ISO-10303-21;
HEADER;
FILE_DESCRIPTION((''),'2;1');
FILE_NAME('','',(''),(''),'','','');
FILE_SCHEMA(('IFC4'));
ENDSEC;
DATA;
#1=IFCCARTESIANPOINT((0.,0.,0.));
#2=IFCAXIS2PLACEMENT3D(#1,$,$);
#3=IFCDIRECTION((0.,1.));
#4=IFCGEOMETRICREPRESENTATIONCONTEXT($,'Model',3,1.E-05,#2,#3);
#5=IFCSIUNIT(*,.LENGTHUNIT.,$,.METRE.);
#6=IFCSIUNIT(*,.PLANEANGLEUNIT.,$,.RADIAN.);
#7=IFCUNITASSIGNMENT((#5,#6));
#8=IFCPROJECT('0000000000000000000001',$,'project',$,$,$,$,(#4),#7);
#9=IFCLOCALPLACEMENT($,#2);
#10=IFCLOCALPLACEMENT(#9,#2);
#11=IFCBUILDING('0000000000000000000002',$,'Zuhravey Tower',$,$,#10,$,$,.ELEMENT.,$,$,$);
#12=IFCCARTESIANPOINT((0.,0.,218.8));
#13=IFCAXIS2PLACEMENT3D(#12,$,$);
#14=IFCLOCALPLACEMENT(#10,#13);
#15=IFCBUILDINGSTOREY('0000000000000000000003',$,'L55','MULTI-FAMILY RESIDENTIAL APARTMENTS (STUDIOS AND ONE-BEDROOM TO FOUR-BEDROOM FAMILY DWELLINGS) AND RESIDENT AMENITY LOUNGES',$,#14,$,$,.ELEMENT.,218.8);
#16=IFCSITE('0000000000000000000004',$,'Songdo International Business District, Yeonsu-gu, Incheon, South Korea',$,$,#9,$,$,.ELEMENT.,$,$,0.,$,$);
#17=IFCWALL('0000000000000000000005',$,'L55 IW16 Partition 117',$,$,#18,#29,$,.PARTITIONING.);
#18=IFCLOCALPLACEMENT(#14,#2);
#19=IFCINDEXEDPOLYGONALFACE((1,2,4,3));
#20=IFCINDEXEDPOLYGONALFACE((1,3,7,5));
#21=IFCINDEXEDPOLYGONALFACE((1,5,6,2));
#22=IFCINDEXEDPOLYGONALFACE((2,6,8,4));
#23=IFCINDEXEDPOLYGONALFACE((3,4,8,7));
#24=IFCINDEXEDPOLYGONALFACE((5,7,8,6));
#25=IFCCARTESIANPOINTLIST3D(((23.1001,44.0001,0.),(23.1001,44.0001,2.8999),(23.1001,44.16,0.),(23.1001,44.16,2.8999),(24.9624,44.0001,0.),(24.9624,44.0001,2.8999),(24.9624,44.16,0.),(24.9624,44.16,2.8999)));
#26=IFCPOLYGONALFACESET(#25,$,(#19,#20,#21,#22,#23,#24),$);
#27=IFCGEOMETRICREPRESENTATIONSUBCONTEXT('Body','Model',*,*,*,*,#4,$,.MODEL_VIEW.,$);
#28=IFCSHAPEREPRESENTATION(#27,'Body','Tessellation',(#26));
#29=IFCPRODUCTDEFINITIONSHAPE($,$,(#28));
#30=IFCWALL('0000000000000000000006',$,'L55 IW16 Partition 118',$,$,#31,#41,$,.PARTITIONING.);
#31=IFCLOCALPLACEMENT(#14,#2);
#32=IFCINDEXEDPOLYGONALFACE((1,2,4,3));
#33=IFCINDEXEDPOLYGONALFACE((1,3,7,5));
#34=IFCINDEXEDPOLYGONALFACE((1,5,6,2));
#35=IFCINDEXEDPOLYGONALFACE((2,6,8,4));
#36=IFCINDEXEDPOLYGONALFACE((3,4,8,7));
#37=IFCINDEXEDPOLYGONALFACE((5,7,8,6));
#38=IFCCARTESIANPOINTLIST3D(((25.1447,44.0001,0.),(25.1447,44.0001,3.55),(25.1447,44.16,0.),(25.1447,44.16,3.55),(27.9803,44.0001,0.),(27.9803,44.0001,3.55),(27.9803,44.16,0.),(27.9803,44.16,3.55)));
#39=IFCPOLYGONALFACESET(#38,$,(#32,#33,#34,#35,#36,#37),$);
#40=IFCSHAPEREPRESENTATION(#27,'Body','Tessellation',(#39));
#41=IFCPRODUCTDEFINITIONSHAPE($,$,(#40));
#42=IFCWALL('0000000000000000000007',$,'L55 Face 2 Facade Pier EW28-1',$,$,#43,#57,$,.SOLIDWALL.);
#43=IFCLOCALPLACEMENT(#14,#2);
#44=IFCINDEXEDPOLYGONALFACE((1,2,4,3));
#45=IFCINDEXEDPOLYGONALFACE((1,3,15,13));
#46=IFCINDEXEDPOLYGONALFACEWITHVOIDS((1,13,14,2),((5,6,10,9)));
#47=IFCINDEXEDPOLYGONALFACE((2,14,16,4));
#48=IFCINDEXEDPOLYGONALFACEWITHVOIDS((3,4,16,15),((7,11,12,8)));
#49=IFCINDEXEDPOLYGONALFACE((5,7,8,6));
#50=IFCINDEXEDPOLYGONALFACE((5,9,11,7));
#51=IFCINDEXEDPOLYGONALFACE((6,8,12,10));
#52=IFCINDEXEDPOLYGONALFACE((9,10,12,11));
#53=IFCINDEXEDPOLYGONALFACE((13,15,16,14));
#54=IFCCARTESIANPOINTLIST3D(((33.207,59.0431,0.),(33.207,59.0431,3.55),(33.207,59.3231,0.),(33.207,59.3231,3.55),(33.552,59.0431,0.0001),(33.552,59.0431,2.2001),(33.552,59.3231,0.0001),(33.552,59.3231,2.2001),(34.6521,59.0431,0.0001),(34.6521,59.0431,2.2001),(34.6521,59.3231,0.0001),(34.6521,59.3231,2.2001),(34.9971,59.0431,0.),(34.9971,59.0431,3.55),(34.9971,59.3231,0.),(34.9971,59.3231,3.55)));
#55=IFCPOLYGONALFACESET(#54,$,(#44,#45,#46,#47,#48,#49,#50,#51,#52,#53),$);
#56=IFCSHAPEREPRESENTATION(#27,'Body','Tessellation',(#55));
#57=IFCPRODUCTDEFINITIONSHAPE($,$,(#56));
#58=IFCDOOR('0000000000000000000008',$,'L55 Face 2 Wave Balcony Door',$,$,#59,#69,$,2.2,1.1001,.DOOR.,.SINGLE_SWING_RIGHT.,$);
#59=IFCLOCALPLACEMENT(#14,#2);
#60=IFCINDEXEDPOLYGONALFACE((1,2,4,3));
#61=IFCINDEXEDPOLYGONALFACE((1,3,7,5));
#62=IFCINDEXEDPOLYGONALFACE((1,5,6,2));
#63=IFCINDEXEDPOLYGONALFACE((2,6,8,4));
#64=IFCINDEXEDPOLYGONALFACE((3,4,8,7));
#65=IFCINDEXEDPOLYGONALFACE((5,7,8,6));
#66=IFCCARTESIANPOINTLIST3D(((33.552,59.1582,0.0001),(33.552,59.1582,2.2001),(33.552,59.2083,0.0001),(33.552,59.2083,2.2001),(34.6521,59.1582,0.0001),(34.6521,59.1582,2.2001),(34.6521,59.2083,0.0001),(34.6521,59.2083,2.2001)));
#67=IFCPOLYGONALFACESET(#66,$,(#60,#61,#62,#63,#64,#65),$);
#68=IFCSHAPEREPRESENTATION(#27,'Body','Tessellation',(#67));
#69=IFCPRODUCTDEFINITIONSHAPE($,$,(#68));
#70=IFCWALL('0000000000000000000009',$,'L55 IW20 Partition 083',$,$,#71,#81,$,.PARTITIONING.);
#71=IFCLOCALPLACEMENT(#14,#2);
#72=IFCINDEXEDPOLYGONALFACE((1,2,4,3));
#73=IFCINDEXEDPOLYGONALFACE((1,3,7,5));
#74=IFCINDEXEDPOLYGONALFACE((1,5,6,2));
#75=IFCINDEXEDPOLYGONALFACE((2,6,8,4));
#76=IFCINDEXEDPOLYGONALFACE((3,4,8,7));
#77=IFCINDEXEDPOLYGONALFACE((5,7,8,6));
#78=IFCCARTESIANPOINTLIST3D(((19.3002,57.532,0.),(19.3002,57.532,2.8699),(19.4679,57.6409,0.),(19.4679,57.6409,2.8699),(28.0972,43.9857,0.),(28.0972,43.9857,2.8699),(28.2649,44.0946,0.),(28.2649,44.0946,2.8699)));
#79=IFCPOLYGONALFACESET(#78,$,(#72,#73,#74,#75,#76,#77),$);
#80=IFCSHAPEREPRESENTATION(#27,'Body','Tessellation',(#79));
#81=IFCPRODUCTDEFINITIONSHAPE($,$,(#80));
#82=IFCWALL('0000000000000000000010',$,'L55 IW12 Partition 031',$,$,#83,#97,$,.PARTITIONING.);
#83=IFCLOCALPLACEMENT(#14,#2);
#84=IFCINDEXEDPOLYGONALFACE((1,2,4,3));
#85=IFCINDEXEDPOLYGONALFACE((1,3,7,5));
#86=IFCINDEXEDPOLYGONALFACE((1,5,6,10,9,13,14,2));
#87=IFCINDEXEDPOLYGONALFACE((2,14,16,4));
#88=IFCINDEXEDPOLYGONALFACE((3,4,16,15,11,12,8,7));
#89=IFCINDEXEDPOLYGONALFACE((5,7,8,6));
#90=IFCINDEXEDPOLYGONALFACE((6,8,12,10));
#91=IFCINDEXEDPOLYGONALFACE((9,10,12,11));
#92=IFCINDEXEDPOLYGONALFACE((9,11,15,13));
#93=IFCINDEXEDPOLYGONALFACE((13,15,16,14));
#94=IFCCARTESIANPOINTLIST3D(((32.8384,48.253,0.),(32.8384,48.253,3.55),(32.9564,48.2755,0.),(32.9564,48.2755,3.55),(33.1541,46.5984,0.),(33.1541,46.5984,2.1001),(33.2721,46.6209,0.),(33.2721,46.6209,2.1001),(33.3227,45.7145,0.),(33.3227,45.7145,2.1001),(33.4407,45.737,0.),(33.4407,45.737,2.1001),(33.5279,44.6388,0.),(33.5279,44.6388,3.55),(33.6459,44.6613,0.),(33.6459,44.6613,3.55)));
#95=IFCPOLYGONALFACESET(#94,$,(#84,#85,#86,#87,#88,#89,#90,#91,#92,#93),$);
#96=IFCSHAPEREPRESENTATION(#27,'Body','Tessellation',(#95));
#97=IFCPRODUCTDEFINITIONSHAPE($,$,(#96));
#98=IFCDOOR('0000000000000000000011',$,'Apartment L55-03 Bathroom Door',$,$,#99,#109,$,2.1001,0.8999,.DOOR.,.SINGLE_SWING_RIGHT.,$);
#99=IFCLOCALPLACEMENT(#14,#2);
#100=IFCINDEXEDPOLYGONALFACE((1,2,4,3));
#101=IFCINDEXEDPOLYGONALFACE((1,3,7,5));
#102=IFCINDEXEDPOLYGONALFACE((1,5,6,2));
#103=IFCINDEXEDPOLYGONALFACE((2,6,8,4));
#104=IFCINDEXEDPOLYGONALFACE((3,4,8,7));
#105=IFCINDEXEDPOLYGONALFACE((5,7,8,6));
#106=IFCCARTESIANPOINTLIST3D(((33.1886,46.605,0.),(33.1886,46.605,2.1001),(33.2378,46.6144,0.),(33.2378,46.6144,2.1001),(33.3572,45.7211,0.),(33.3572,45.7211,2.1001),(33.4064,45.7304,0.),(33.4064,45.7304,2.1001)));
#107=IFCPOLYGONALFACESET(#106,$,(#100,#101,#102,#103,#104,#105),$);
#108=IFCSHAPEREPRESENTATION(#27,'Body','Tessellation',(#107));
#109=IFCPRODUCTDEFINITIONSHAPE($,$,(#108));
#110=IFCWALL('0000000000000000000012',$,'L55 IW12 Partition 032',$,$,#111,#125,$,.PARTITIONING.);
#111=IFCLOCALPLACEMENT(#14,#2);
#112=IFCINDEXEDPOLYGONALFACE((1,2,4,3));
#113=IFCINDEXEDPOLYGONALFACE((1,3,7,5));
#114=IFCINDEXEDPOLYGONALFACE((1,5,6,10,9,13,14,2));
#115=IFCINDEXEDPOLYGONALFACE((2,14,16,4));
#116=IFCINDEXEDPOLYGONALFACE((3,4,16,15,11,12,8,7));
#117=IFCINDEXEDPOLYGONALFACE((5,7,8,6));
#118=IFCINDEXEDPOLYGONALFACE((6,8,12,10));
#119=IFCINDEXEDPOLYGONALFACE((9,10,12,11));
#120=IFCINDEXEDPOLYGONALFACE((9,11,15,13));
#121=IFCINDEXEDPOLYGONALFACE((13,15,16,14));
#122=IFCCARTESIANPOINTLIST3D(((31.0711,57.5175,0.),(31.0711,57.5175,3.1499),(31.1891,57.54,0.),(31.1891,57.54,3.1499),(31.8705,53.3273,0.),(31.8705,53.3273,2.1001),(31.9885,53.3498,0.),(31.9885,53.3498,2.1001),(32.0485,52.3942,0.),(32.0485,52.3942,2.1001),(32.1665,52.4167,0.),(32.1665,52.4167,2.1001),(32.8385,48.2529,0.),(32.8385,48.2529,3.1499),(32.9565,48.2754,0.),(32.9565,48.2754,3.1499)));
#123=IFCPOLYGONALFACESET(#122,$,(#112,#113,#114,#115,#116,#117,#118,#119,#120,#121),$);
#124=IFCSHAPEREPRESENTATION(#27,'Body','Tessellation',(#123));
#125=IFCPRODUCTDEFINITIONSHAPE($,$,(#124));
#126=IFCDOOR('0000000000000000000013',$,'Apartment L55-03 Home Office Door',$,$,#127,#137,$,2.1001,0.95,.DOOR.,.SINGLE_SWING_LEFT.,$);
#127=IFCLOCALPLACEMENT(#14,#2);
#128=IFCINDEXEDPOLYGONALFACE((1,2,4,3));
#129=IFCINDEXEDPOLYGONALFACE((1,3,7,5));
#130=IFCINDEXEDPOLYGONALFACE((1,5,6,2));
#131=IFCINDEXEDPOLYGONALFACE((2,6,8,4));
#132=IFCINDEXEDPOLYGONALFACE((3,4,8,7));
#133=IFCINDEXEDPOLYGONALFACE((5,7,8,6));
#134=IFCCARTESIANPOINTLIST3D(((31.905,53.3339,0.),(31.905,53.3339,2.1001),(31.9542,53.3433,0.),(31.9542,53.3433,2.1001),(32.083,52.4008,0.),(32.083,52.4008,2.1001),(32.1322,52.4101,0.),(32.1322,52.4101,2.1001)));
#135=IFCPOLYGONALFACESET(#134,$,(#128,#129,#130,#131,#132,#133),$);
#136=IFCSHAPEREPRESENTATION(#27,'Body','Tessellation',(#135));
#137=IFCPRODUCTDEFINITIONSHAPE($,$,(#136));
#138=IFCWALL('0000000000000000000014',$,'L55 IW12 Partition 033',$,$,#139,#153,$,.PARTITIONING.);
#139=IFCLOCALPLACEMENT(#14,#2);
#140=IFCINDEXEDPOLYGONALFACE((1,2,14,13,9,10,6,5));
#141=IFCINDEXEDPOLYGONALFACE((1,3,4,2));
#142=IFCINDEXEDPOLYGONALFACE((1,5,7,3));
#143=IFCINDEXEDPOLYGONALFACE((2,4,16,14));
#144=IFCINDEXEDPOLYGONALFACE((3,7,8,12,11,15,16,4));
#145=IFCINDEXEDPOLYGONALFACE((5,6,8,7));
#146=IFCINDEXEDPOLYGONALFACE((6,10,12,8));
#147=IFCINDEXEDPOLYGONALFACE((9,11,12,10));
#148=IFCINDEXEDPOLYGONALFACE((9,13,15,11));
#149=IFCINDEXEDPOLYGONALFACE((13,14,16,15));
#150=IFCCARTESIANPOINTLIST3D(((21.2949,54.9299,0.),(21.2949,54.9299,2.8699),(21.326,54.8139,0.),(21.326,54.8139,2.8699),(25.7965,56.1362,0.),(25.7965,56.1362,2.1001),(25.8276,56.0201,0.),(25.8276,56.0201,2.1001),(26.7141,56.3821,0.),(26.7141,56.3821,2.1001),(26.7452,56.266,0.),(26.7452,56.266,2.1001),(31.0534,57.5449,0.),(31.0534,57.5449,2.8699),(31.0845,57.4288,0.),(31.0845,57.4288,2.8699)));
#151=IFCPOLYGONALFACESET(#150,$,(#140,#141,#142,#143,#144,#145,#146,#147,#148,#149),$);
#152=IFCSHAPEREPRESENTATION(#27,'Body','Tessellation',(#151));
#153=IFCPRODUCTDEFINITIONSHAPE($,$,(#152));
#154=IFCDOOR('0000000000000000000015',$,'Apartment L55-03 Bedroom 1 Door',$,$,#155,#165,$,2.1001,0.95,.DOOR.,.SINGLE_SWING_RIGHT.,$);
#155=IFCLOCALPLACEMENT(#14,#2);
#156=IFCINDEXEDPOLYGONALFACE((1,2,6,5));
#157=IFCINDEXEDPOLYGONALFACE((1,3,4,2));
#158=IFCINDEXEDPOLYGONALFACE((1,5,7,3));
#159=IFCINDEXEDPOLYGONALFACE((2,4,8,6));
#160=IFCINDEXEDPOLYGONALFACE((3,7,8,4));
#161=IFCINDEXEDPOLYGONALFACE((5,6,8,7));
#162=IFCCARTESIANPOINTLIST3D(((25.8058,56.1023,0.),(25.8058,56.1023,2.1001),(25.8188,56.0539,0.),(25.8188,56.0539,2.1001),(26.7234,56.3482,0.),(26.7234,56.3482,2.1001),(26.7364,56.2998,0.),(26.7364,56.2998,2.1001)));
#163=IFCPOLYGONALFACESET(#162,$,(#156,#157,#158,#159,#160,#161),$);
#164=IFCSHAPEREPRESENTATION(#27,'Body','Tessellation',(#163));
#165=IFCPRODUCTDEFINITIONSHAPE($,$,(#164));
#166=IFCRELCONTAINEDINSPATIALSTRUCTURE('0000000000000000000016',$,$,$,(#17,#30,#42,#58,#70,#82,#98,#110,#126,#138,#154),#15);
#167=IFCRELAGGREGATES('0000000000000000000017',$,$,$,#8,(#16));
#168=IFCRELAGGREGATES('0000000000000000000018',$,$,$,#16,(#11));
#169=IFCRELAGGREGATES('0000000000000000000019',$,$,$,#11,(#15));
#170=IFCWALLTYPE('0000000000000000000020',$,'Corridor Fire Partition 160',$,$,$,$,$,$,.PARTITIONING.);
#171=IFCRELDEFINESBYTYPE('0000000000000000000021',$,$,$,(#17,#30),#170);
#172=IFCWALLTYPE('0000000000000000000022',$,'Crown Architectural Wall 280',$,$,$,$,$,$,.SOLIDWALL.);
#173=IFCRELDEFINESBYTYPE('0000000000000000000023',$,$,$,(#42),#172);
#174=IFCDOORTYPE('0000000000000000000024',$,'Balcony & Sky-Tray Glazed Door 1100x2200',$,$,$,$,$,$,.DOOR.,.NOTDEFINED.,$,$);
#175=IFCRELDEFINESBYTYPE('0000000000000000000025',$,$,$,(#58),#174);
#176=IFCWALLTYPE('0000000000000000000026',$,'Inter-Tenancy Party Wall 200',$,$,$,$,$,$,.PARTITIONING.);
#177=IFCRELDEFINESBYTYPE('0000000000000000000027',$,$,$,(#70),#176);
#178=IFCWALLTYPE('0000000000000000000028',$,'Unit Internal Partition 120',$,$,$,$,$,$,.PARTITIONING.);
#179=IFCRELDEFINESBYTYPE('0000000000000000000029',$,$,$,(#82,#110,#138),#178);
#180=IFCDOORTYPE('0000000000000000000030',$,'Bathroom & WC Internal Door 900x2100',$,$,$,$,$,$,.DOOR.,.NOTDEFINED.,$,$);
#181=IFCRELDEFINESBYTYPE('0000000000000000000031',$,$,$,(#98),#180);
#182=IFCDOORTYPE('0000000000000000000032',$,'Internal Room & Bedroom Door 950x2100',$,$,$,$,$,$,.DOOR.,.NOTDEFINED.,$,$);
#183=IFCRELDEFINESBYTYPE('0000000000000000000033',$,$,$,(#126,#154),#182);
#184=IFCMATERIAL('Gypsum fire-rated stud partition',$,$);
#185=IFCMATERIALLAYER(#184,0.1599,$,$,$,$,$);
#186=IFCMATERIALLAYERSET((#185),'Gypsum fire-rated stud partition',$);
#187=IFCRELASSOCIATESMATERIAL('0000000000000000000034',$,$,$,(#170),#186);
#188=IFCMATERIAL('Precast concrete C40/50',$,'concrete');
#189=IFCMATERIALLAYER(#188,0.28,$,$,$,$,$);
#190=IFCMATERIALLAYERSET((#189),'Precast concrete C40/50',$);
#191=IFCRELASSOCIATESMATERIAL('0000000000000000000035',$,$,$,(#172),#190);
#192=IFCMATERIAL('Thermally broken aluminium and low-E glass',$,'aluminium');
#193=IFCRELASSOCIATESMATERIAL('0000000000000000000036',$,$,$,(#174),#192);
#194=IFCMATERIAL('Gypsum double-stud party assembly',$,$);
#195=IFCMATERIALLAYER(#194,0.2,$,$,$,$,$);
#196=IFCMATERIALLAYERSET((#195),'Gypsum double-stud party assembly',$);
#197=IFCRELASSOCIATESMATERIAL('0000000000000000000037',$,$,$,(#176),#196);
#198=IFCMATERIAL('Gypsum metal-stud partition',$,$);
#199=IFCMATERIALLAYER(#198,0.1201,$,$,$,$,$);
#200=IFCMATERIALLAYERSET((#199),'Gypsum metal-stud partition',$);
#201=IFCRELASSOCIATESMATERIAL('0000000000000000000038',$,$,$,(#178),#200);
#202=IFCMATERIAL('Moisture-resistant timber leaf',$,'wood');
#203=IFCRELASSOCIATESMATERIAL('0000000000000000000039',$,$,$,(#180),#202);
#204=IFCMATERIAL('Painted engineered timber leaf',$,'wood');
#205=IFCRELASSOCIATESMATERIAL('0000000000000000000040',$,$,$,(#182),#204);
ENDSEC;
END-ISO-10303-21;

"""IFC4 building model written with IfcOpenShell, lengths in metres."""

from ifc_helpers import new_model, si_unit, direction, frame, frame_2d, origin, place, context, subcontext, project, spatial, rectangle, extrude, material, layer, layer_set, type_object, element, fill, save


model = new_model("IFC4")

# Units and contexts
model_context = context("Model", 3, precision=1e-05, world=origin(), true_north=direction((0.0, 1.0)))
body_context = subcontext(model_context, "Body", "Model", "MODEL_VIEW")
ifc_project = project(units=[si_unit("LENGTHUNIT", "METRE"), si_unit("PLANEANGLEUNIT", "RADIAN")], contexts=[model_context])

# Site, building, storey
site_placement = place(None, origin())
site = spatial("IfcSite", under=ifc_project, at=site_placement, Name="Songdo International Business District, Yeonsu-gu, Incheon, South Korea", CompositionType="ELEMENT", RefElevation=0.0)
building_placement = place(site_placement, origin())
building = spatial("IfcBuilding", under=site, at=building_placement, Name="Zuhravey Tower", CompositionType="ELEMENT")
storey_placement = place(building_placement, frame((0.0, 0.0, 218.8)))
storey = spatial("IfcBuildingStorey", under=building, at=storey_placement, Name="L55", Description="MULTI-FAMILY RESIDENTIAL APARTMENTS (STUDIOS AND ONE-BEDROOM TO FOUR-BEDROOM FAMILY DWELLINGS) AND RESIDENT AMENITY LOUNGES", CompositionType="ELEMENT", Elevation=218.8)

# Walls
ifc_material_1 = material(Name="Gypsum fire-rated stud partition")
ifc_layer_1 = layer(ifc_material_1, 0.1599)
ifc_layer_set_1 = layer_set([ifc_layer_1], Name="Gypsum fire-rated stud partition")
wall_type_1 = type_object("IfcWallType", Name="Corridor Fire Partition 160", PredefinedType="PARTITIONING", material=ifc_layer_set_1)
wall_1_placement = place(storey_placement, frame((24.9624, 44.0801, 0.0), z_axis=(0.0, 0.0, 1.0), x_axis=(-1.0, 0.0, 0.0)))
element("IfcWall", 1, at=wall_1_placement, inside=storey, type_object=wall_type_1, Name="L55 IW16 Partition 117", PredefinedType="PARTITIONING", context=body_context, shape_type="SweptSolid", body=[
    extrude(rectangle(XDim=1.8623, YDim=0.1599, at=frame_2d((0.9312, 0.0))), origin(), (0.0, 0.0, 1.0), 2.8999),
])
wall_2_placement = place(storey_placement, frame((27.9805, 44.0801, 0.0), z_axis=(0.0, 0.0, 1.0), x_axis=(-1.0, 0.0, 0.0)))
element("IfcWall", 2, at=wall_2_placement, inside=storey, type_object=wall_type_1, Name="L55 IW16 Partition 118", PredefinedType="PARTITIONING", context=body_context, shape_type="SweptSolid", body=[
    extrude(rectangle(XDim=2.8357, YDim=0.1599, at=frame_2d((1.418, 0.0))), origin(), (0.0, 0.0, 1.0), 3.55),
])

# Wall, opening, door
ifc_material_2 = material(Name="Precast concrete C40/50", Category="concrete")
ifc_layer_2 = layer(ifc_material_2, 0.28)
ifc_layer_set_2 = layer_set([ifc_layer_2], Name="Precast concrete C40/50")
wall_type_2 = type_object("IfcWallType", Name="Crown Architectural Wall 280", PredefinedType="SOLIDWALL", material=ifc_layer_set_2)
wall_3_placement = place(storey_placement, frame((33.207, 59.1831, 0.0), z_axis=(0.0, 0.0, 1.0), x_axis=(1.0, 0.0, 0.0)))
wall_3 = element("IfcWall", 3, at=wall_3_placement, inside=storey, type_object=wall_type_2, Name="L55 Face 2 Facade Pier EW28-1", PredefinedType="SOLIDWALL", context=body_context, shape_type="SweptSolid", body=[
    extrude(rectangle(XDim=1.79, YDim=0.28, at=frame_2d((0.895, 0.0))), origin(), (0.0, 0.0, 1.0), 3.55),
])
opening_1_placement = place(wall_3_placement, frame((0.345, 0.0, 0.0)))
opening_1 = element("IfcOpeningElement", 4, at=opening_1_placement, cuts=wall_3, PredefinedType="OPENING", context=body_context, shape_type="SweptSolid", body=[
    extrude(rectangle(XDim=1.1001, YDim=2.2, at=frame_2d((0.55, 1.1001))), frame((0.0, 0.1521, 0.0), z_axis=(0.0, -1.0, 0.0), x_axis=(1.0, 0.0, 0.0)), (0.0, 0.0, 1.0), 0.304),
])
ifc_material_3 = material(Name="Thermally broken aluminium and low-E glass", Category="aluminium")
door_type_1 = type_object("IfcDoorType", Name="Balcony & Sky-Tray Glazed Door 1100x2200", OperationType="NOTDEFINED", PredefinedType="DOOR", material=ifc_material_3)
door_1_placement = place(opening_1_placement, frame((1.1001, 0.0, 0.0), z_axis=(0.0, 0.0, 1.0), x_axis=(-1.0, 0.0, 0.0)))
door_1 = element("IfcDoor", 5, at=door_1_placement, inside=storey, type_object=door_type_1, Name="L55 Face 2 Wave Balcony Door", OperationType="SINGLE_SWING_RIGHT", OverallHeight=2.2, OverallWidth=1.1001, PredefinedType="DOOR", context=body_context, shape_type="SweptSolid", body=[
    extrude(rectangle(XDim=1.1001, YDim=2.2, at=frame_2d((0.55, 1.1001))), frame((0.0, 0.0249, 0.0), z_axis=(0.0, -1.0, 0.0), x_axis=(1.0, 0.0, 0.0)), (0.0, 0.0, 1.0), 0.05),
])
fill(opening_1, door_1)

# Wall
ifc_material_4 = material(Name="Gypsum double-stud party assembly")
ifc_layer_3 = layer(ifc_material_4, 0.2)
ifc_layer_set_3 = layer_set([ifc_layer_3], Name="Gypsum double-stud party assembly")
wall_type_3 = type_object("IfcWallType", Name="Inter-Tenancy Party Wall 200", PredefinedType="PARTITIONING", material=ifc_layer_set_3)
wall_4_placement = place(storey_placement, frame((28.1812, 44.04, 0.0), z_axis=(0.0, 0.0, 1.0), x_axis=(-0.544639, 0.838671, 0.0)))
element("IfcWall", 6, at=wall_4_placement, inside=storey, type_object=wall_type_3, Name="L55 IW20 Partition 083", PredefinedType="PARTITIONING", context=body_context, shape_type="SweptSolid", body=[
    extrude(rectangle(XDim=16.1521, YDim=0.2, at=frame_2d((8.0762, 0.0))), origin(), (0.0, 0.0, 1.0), 2.8699),
])

# Walls, openings, doors
ifc_material_5 = material(Name="Gypsum metal-stud partition")
ifc_layer_4 = layer(ifc_material_5, 0.1201)
ifc_layer_set_4 = layer_set([ifc_layer_4], Name="Gypsum metal-stud partition")
wall_type_4 = type_object("IfcWallType", Name="Unit Internal Partition 120", PredefinedType="PARTITIONING", material=ifc_layer_set_4)
wall_5_placement = place(storey_placement, frame((33.5869, 44.6499, 0.0), z_axis=(0.0, 0.0, 1.0), x_axis=(-0.18738, 0.982287, 0.0)))
wall_5 = element("IfcWall", 7, at=wall_5_placement, inside=storey, type_object=wall_type_4, Name="L55 IW12 Partition 031", PredefinedType="PARTITIONING", context=body_context, shape_type="SweptSolid", body=[
    extrude(rectangle(XDim=3.6794, YDim=0.1201, at=frame_2d((1.8398, 0.0))), origin(), (0.0, 0.0, 1.0), 3.55),
])
opening_2_placement = place(wall_5_placement, frame((1.0952, 0.0, 0.0)))
opening_2 = element("IfcOpeningElement", 8, at=opening_2_placement, cuts=wall_5, PredefinedType="OPENING", context=body_context, shape_type="SweptSolid", body=[
    extrude(rectangle(XDim=0.8999, YDim=2.1001, at=frame_2d((0.45, 1.05))), frame((0.0, 0.072, 0.0), z_axis=(0.0, -1.0, 0.0), x_axis=(1.0, 0.0, 0.0)), (0.0, 0.0, 1.0), 0.144),
])
ifc_material_6 = material(Name="Moisture-resistant timber leaf", Category="wood")
door_type_2 = type_object("IfcDoorType", Name="Bathroom & WC Internal Door 900x2100", OperationType="NOTDEFINED", PredefinedType="DOOR", material=ifc_material_6)
door_2_placement = place(opening_2_placement, origin())
door_2 = element("IfcDoor", 9, at=door_2_placement, inside=storey, type_object=door_type_2, Name="Apartment L55-03 Bathroom Door", OperationType="SINGLE_SWING_RIGHT", OverallHeight=2.1001, OverallWidth=0.8999, PredefinedType="DOOR", context=body_context, shape_type="SweptSolid", body=[
    extrude(rectangle(XDim=0.8999, YDim=2.1001, at=frame_2d((0.45, 1.05))), frame((0.0, 0.0249, 0.0), z_axis=(0.0, -1.0, 0.0), x_axis=(1.0, 0.0, 0.0)), (0.0, 0.0, 1.0), 0.05),
])
fill(opening_2, door_2)
wall_6_placement = place(storey_placement, frame((32.8975, 48.2642, 0.0), z_axis=(0.0, 0.0, 1.0), x_axis=(-0.187382, 0.982287, 0.0)))
wall_6 = element("IfcWall", 10, at=wall_6_placement, inside=storey, type_object=wall_type_4, Name="L55 IW12 Partition 032", PredefinedType="PARTITIONING", context=body_context, shape_type="SweptSolid", body=[
    extrude(rectangle(XDim=9.4316, YDim=0.1201, at=frame_2d((4.7158, 0.0))), origin(), (0.0, 0.0, 1.0), 3.1499),
])
opening_3_placement = place(wall_6_placement, frame((4.2158, 0.0, 0.0)))
opening_3 = element("IfcOpeningElement", 11, at=opening_3_placement, cuts=wall_6, PredefinedType="OPENING", context=body_context, shape_type="SweptSolid", body=[
    extrude(rectangle(XDim=0.95, YDim=2.1001, at=frame_2d((0.4751, 1.05))), frame((0.0, 0.072, 0.0), z_axis=(0.0, -1.0, 0.0), x_axis=(1.0, 0.0, 0.0)), (0.0, 0.0, 1.0), 0.144),
])
ifc_material_7 = material(Name="Painted engineered timber leaf", Category="wood")
door_type_3 = type_object("IfcDoorType", Name="Internal Room & Bedroom Door 950x2100", OperationType="NOTDEFINED", PredefinedType="DOOR", material=ifc_material_7)
door_3_placement = place(opening_3_placement, origin())
door_3 = element("IfcDoor", 12, at=door_3_placement, inside=storey, type_object=door_type_3, Name="Apartment L55-03 Home Office Door", OperationType="SINGLE_SWING_LEFT", OverallHeight=2.1001, OverallWidth=0.95, PredefinedType="DOOR", context=body_context, shape_type="SweptSolid", body=[
    extrude(rectangle(XDim=0.95, YDim=2.1001, at=frame_2d((0.4751, 1.05))), frame((0.0, 0.0249, 0.0), z_axis=(0.0, -1.0, 0.0), x_axis=(1.0, 0.0, 0.0)), (0.0, 0.0, 1.0), 0.05),
])
fill(opening_3, door_3)
wall_7_placement = place(storey_placement, frame((31.0688, 57.4868, 0.0), z_axis=(0.0, 0.0, 1.0), x_axis=(-0.965921, -0.258837, 0.0)))
wall_7 = element("IfcWall", 13, at=wall_7_placement, inside=storey, type_object=wall_type_4, Name="L55 IW12 Partition 033", PredefinedType="PARTITIONING", context=body_context, shape_type="SweptSolid", body=[
    extrude(rectangle(XDim=10.1028, YDim=0.1201, at=frame_2d((5.0513, 0.0))), origin(), (0.0, 0.0, 1.0), 2.8699),
])
opening_4_placement = place(wall_7_placement, frame((4.4922, 0.0, 0.0)))
opening_4 = element("IfcOpeningElement", 14, at=opening_4_placement, cuts=wall_7, PredefinedType="OPENING", context=body_context, shape_type="SweptSolid", body=[
    extrude(rectangle(XDim=0.95, YDim=2.1001, at=frame_2d((0.4751, 1.05))), frame((0.0, 0.072, 0.0), z_axis=(0.0, -1.0, 0.0), x_axis=(1.0, 0.0, 0.0)), (0.0, 0.0, 1.0), 0.144),
])
door_4_placement = place(opening_4_placement, frame((0.95, 0.0, 0.0), z_axis=(0.0, 0.0, 1.0), x_axis=(-1.0, 0.0, 0.0)))
door_4 = element("IfcDoor", 15, at=door_4_placement, inside=storey, type_object=door_type_3, Name="Apartment L55-03 Bedroom 1 Door", OperationType="SINGLE_SWING_RIGHT", OverallHeight=2.1001, OverallWidth=0.95, PredefinedType="DOOR", context=body_context, shape_type="SweptSolid", body=[
    extrude(rectangle(XDim=0.95, YDim=2.1001, at=frame_2d((0.4751, 1.05))), frame((0.0, 0.0249, 0.0), z_axis=(0.0, -1.0, 0.0), x_axis=(1.0, 0.0, 0.0)), (0.0, 0.0, 1.0), 0.05),
])
fill(opening_4, door_4)

save(model, "model.ifc")
